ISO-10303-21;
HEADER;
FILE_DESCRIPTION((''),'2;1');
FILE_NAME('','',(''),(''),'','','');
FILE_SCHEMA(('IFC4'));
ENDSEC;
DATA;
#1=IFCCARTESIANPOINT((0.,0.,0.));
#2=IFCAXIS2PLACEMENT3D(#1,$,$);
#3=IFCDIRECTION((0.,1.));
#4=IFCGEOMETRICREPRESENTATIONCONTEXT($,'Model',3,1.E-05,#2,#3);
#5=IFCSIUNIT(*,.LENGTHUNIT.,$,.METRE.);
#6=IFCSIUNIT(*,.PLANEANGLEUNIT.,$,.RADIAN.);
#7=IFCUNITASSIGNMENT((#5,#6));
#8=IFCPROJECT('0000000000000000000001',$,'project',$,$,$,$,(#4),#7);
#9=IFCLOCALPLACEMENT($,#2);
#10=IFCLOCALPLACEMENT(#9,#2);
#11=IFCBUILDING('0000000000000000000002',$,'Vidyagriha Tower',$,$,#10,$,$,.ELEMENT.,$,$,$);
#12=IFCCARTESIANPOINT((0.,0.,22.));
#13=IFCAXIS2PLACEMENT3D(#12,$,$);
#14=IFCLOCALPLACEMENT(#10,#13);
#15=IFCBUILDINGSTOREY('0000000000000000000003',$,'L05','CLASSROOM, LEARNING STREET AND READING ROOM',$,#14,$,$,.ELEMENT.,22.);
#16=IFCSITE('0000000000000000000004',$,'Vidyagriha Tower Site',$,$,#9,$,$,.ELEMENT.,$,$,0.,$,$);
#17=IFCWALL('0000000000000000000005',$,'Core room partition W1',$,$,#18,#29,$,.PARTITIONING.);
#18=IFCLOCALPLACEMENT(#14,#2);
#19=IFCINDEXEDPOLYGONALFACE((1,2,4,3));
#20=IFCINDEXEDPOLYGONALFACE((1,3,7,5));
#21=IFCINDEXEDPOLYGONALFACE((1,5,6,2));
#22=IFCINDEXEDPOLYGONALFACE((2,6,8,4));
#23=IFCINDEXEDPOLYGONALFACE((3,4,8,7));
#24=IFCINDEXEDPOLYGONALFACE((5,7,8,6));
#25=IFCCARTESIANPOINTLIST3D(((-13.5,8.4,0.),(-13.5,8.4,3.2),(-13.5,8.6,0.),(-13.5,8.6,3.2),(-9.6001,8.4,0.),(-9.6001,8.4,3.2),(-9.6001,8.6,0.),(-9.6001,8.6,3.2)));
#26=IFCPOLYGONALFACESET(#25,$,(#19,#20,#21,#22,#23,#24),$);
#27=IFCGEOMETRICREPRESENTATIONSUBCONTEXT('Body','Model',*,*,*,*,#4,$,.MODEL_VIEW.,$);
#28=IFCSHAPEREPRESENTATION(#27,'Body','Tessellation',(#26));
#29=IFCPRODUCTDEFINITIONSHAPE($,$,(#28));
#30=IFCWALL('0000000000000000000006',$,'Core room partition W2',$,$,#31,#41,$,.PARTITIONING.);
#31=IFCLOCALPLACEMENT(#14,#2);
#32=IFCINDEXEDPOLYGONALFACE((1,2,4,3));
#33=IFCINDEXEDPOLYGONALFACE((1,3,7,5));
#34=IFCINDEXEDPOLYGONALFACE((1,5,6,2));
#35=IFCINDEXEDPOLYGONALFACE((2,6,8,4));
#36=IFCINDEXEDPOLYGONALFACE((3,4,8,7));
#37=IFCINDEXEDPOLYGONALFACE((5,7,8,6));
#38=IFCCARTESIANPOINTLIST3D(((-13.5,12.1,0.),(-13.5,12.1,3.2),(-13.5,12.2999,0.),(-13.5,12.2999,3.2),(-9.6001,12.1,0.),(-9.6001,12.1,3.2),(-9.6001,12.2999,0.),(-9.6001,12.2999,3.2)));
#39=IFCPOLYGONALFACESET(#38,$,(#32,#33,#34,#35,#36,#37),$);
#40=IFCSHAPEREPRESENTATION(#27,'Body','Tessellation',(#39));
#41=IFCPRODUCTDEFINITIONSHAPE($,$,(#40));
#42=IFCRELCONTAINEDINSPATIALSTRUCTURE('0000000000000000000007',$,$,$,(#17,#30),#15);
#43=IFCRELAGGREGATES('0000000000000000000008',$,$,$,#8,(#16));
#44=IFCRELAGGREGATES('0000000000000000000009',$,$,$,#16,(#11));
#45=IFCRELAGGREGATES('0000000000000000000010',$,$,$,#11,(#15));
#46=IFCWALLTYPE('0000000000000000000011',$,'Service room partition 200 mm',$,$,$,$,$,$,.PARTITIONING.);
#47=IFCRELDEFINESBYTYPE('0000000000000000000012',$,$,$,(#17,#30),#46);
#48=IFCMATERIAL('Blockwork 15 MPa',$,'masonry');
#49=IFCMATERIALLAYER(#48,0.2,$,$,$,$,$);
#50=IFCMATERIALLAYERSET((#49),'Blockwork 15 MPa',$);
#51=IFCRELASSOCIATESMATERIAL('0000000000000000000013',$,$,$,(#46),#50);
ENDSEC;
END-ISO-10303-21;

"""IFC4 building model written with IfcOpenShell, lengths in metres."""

from ifc_helpers import new_model, si_unit, direction, frame, frame_2d, origin, place, context, subcontext, project, spatial, rectangle, extrude, material, layer, layer_set, type_object, element, save


model = new_model("IFC4")

# Units and contexts
model_context = context("Model", 3, precision=1e-05, world=origin(), true_north=direction((0.0, 1.0)))
body_context = subcontext(model_context, "Body", "Model", "MODEL_VIEW")
ifc_project = project(units=[si_unit("LENGTHUNIT", "METRE"), si_unit("PLANEANGLEUNIT", "RADIAN")], contexts=[model_context])

# Site, building, storey
site_placement = place(None, origin())
site = spatial("IfcSite", under=ifc_project, at=site_placement, Name="Vidyagriha Tower Site", CompositionType="ELEMENT", RefElevation=0.0)
building_placement = place(site_placement, origin())
building = spatial("IfcBuilding", under=site, at=building_placement, Name="Vidyagriha Tower", CompositionType="ELEMENT")
storey_placement = place(building_placement, frame((0.0, 0.0, 22.0)))
storey = spatial("IfcBuildingStorey", under=building, at=storey_placement, Name="L05", Description="CLASSROOM, LEARNING STREET AND READING ROOM", CompositionType="ELEMENT", Elevation=22.0)

# Walls
ifc_material_1 = material(Name="Blockwork 15 MPa", Category="masonry")
ifc_layer_1 = layer(ifc_material_1, 0.2)
ifc_layer_set_1 = layer_set([ifc_layer_1], Name="Blockwork 15 MPa")
wall_type_1 = type_object("IfcWallType", Name="Service room partition 200 mm", PredefinedType="PARTITIONING", material=ifc_layer_set_1)
for number, where, name in (
    (1, (-13.5, 8.5, 0.0), "Core room partition W1"),
    (2, (-13.5, 12.2, 0.0), "Core room partition W2"),
):
    element("IfcWall", number, at=place(storey_placement, frame(where)), inside=storey, type_object=wall_type_1, Name=name, PredefinedType="PARTITIONING", context=body_context, shape_type="SweptSolid", body=[
        extrude(rectangle(XDim=3.8999, YDim=0.2, at=frame_2d((1.95, 0.0))), origin(), (0.0, 0.0, 1.0), 3.2),
    ])

save(model, "model.ifc")
